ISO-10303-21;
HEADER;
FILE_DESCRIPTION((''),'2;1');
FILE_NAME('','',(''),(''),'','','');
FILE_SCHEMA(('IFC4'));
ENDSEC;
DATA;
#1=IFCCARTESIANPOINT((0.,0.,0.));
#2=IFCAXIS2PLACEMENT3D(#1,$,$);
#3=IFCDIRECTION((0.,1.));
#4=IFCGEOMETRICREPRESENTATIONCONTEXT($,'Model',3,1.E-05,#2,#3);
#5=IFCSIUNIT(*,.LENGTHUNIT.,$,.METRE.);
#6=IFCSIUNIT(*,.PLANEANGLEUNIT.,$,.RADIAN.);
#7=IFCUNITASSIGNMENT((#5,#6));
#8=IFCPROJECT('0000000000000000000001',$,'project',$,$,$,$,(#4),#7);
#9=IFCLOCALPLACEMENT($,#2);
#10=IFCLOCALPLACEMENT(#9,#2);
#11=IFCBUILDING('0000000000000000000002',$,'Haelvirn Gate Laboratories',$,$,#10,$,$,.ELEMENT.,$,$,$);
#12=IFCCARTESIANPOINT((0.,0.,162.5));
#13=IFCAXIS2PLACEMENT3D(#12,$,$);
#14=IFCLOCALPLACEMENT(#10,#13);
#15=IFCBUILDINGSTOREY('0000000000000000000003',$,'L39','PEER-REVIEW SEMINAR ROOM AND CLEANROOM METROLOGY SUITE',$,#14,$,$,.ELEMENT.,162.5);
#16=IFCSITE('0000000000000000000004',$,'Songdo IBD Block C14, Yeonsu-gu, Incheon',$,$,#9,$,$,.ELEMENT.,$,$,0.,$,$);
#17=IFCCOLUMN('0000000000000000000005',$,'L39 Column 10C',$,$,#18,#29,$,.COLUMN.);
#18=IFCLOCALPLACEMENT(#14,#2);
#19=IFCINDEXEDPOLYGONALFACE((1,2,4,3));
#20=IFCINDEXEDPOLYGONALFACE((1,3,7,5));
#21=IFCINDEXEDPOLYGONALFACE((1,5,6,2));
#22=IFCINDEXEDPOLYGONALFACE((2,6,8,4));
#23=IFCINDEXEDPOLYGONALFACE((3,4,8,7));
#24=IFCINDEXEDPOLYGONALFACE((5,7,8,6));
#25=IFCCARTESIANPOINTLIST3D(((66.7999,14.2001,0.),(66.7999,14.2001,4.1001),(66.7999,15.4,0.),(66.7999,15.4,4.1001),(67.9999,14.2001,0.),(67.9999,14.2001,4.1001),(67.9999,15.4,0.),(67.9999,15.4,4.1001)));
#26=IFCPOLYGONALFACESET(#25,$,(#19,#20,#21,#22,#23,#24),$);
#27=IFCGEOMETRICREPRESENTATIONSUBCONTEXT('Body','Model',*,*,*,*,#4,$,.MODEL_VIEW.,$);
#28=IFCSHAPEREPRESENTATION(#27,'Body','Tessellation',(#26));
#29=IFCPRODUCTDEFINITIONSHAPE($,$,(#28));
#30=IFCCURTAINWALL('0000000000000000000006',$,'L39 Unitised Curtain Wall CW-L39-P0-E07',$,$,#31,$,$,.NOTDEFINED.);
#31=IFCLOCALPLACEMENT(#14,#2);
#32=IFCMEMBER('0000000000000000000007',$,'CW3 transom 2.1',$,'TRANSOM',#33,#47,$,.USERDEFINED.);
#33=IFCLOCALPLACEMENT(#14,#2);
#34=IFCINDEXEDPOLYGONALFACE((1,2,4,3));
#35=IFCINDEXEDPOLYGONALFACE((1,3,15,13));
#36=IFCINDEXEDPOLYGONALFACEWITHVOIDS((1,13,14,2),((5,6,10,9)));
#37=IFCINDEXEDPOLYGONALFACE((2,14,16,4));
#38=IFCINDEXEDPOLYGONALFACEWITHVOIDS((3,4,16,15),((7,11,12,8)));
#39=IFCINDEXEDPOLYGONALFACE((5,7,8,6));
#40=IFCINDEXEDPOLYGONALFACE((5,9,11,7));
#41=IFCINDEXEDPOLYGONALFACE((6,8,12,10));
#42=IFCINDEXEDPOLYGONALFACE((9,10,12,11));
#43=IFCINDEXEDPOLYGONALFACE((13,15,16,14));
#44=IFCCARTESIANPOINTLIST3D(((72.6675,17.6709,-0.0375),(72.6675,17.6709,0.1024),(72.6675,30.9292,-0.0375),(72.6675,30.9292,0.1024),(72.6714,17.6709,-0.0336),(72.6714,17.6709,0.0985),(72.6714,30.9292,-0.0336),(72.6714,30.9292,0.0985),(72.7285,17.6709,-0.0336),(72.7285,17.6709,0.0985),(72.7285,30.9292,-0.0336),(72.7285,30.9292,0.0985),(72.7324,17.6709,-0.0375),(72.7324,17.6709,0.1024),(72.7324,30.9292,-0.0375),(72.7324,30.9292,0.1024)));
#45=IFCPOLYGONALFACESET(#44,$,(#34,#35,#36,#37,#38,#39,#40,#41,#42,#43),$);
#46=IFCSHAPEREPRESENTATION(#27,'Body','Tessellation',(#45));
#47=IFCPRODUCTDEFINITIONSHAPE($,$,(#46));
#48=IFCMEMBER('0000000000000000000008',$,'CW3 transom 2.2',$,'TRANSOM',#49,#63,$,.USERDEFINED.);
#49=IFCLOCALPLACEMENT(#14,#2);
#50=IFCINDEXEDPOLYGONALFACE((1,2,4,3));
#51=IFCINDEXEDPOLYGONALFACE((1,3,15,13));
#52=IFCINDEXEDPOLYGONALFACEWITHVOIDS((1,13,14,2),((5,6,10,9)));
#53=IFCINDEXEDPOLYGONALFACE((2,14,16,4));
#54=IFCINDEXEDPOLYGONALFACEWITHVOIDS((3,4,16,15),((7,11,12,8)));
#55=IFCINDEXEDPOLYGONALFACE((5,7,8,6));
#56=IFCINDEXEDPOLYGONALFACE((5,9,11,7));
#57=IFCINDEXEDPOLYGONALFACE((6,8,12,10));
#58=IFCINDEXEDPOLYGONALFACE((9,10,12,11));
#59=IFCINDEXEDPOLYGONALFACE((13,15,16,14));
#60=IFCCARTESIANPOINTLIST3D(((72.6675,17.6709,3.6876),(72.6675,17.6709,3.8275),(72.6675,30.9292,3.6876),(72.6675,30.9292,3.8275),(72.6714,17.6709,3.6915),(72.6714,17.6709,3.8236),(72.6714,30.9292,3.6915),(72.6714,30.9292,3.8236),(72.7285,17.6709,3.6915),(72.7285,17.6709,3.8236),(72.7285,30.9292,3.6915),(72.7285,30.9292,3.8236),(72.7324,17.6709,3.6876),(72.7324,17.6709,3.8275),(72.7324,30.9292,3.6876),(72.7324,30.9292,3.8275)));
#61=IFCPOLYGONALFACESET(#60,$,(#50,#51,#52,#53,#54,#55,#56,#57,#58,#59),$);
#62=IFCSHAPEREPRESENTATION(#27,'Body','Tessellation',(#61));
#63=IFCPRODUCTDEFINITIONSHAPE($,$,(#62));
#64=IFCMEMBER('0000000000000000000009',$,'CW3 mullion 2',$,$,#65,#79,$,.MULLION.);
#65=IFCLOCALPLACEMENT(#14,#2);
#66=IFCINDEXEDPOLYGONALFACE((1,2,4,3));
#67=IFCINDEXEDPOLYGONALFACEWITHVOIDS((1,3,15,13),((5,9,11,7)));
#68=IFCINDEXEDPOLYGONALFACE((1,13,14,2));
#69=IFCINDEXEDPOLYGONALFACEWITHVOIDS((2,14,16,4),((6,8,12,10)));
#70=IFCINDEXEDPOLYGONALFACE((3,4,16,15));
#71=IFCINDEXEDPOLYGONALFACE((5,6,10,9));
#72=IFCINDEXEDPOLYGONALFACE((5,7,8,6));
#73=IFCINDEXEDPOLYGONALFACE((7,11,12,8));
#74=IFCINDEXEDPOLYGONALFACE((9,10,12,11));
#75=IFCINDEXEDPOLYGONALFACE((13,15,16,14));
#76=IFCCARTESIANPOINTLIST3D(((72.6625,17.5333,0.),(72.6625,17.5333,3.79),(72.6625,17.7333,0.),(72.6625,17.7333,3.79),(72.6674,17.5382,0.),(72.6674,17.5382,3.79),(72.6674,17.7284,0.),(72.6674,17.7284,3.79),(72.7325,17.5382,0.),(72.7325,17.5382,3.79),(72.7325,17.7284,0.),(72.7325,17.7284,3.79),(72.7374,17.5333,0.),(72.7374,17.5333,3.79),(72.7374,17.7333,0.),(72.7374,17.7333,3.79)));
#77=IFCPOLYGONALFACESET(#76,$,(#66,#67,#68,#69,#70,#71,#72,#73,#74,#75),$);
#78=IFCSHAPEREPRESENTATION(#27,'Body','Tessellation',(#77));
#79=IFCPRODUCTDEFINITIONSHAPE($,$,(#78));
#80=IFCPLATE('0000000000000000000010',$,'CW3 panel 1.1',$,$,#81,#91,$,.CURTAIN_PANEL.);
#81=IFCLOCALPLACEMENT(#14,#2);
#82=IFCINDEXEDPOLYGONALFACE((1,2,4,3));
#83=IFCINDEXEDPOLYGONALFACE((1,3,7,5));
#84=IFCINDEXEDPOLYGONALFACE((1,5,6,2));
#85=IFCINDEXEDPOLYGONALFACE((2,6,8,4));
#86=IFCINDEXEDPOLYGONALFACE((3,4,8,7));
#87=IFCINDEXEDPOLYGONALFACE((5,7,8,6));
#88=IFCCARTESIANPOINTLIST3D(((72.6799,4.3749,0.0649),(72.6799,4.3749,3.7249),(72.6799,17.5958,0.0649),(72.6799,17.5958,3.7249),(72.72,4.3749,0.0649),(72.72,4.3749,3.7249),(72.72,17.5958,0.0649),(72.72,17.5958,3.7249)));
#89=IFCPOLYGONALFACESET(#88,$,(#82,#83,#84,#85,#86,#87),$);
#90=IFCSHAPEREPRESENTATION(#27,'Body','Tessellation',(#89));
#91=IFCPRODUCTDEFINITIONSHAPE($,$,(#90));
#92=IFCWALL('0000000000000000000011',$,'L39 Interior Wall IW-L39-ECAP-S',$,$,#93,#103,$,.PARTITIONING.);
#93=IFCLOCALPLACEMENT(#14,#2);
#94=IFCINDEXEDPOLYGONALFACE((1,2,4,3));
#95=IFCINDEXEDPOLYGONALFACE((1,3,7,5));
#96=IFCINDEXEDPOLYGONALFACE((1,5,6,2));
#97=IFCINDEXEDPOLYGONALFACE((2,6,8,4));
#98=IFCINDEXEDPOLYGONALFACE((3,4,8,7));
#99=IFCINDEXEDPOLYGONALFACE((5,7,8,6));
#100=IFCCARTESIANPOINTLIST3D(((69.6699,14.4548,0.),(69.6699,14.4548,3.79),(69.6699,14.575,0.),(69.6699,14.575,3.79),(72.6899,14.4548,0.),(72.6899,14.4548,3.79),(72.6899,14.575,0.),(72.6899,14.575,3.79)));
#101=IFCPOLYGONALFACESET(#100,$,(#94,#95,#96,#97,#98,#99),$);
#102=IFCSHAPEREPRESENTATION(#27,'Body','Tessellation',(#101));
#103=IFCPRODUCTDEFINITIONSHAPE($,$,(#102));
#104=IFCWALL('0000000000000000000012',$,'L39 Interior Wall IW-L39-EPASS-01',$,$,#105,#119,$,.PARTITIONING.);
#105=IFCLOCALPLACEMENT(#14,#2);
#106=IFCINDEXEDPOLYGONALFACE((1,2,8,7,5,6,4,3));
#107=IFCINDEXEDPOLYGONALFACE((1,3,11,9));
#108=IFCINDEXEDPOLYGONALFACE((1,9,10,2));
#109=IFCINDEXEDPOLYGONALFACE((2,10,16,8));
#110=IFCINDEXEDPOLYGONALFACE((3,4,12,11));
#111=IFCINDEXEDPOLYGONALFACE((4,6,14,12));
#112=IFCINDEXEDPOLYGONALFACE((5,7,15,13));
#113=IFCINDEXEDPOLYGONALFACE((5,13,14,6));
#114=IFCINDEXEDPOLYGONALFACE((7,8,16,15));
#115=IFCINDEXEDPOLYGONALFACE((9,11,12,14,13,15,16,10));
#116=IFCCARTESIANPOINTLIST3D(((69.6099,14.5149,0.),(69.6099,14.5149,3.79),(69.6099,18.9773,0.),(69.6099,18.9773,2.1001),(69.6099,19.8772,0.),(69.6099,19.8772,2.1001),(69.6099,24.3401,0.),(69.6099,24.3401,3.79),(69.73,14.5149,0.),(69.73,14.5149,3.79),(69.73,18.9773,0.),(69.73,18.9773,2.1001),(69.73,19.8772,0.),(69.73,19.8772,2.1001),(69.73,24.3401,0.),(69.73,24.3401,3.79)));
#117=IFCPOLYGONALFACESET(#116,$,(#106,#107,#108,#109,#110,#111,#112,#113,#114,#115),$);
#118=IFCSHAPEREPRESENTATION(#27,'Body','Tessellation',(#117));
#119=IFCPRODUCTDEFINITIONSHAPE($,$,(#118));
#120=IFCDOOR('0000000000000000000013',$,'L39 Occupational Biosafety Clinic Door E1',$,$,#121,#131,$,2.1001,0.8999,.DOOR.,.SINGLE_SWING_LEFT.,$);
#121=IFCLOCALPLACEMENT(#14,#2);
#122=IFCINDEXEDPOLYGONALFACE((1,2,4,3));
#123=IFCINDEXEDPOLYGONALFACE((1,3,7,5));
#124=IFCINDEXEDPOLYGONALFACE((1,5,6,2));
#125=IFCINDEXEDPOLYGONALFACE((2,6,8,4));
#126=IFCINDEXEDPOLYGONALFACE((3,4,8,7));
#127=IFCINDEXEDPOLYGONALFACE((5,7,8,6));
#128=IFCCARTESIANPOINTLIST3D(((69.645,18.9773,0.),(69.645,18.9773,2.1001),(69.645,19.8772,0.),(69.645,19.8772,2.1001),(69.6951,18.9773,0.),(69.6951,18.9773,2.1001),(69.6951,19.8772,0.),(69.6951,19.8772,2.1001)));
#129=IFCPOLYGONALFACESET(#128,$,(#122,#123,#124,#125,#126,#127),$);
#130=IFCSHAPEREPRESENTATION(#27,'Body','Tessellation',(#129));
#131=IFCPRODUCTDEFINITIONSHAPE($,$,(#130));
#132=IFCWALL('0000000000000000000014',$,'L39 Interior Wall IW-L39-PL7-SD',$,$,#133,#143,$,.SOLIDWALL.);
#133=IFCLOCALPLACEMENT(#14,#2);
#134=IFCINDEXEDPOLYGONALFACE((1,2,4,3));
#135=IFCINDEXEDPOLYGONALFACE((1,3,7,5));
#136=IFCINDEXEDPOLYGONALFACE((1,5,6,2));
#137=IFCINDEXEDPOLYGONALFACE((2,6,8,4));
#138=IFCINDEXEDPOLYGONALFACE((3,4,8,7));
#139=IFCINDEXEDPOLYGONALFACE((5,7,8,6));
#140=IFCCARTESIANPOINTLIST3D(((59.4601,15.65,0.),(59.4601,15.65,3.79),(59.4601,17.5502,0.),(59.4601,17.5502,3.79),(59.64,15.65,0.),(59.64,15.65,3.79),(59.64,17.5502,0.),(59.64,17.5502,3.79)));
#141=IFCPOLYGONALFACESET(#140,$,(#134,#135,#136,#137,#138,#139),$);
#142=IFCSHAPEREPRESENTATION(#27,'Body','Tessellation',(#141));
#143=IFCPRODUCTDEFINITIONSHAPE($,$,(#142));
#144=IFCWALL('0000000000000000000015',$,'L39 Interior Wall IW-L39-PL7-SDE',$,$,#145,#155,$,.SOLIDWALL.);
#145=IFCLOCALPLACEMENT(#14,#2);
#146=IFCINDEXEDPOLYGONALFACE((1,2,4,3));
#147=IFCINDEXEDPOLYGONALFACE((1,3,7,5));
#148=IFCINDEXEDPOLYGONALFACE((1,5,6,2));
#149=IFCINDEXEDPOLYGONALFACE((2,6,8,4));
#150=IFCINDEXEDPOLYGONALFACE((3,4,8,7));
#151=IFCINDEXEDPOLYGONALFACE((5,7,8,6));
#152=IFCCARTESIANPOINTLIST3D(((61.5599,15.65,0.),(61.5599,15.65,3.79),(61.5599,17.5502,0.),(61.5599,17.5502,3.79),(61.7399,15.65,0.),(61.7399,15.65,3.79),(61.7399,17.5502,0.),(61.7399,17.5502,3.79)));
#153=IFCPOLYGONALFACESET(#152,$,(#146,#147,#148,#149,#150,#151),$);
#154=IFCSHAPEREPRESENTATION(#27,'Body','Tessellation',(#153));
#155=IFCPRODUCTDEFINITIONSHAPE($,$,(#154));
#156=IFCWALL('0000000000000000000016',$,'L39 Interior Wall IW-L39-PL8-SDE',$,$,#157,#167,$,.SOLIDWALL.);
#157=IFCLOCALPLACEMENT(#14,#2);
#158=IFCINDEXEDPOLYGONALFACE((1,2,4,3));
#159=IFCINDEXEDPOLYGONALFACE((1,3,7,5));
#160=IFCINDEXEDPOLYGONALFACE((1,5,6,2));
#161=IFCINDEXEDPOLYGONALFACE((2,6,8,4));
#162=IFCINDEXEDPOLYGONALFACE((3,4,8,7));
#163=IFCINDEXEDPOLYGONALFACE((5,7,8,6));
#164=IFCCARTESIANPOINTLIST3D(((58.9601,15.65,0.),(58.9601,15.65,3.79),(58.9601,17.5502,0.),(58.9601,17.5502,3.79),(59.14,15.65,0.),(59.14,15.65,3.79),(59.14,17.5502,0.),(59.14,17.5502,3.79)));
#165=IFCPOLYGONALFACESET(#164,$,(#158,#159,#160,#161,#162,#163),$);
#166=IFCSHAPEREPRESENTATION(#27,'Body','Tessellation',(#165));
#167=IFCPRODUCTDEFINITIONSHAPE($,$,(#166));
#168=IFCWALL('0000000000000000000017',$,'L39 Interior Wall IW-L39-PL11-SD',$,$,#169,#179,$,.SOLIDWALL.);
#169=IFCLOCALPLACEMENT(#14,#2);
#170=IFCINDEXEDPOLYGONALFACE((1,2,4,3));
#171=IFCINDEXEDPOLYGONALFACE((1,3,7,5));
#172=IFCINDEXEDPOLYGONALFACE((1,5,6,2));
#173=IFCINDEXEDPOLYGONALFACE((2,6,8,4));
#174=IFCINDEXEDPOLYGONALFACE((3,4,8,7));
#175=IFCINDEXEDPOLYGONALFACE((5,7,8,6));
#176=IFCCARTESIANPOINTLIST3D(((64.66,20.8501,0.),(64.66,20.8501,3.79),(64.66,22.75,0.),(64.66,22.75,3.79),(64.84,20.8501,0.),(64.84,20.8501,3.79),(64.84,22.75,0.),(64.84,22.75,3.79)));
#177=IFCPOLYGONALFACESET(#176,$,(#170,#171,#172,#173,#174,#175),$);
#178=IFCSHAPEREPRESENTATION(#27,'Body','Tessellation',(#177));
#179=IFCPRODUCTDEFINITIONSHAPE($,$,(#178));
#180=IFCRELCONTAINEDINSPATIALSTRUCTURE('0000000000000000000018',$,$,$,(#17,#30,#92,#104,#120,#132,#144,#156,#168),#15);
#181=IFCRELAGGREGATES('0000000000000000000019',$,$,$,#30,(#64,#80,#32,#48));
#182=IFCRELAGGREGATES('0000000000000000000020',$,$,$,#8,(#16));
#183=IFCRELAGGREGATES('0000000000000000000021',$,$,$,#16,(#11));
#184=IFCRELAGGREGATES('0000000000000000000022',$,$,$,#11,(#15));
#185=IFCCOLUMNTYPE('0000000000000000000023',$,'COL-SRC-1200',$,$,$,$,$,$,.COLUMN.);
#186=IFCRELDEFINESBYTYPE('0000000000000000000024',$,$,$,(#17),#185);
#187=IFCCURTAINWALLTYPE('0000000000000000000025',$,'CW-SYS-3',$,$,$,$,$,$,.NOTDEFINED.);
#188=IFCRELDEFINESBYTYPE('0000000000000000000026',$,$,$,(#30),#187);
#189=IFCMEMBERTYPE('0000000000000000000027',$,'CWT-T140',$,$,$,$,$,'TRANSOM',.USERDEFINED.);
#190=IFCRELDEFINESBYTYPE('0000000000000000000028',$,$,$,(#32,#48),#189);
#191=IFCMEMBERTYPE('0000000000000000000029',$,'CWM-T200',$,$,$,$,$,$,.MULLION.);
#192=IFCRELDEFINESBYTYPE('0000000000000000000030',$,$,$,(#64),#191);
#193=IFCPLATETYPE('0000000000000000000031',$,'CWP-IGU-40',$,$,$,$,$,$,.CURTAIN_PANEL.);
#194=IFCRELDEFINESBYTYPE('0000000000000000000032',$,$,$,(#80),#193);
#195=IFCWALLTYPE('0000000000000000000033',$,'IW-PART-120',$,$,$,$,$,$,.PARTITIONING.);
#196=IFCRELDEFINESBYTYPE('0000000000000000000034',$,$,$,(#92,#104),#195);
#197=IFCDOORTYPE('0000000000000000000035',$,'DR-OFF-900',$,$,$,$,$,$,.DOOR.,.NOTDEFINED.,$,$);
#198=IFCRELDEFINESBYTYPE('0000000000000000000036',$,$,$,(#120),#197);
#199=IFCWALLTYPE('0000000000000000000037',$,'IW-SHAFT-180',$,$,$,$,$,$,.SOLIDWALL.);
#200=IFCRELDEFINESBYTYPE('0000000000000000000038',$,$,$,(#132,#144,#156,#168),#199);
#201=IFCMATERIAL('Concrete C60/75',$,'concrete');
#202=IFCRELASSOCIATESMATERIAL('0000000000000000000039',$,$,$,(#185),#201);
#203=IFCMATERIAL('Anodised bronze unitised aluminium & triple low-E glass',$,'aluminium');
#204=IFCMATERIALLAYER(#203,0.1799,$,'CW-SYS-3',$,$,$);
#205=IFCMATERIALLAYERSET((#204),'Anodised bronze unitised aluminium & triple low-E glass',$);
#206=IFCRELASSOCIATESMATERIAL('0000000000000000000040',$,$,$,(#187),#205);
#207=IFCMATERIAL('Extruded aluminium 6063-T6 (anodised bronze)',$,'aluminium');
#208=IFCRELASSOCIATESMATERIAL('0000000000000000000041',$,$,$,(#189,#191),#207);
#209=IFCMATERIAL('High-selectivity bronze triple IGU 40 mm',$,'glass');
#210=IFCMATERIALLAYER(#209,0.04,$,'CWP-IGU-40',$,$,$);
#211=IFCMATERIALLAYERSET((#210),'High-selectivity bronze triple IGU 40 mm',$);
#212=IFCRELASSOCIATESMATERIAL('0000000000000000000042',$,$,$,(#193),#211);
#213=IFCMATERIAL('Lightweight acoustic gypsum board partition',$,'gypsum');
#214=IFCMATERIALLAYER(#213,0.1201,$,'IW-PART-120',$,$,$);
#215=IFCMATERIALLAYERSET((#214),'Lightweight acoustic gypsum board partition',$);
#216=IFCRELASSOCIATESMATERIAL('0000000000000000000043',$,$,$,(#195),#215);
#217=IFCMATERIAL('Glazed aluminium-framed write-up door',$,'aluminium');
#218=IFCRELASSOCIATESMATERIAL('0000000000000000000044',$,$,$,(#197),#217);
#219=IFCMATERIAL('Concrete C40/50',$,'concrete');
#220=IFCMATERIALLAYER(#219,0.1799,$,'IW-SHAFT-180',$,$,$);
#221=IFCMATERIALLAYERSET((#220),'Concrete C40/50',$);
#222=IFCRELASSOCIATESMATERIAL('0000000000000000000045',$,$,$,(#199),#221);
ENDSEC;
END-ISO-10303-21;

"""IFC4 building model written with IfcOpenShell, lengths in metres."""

from ifc_helpers import new_model, si_unit, direction, frame, frame_2d, origin, origin_2d, place, context, subcontext, project, spatial, rectangle, hollow_rectangle, extrude, source, transform, mapped, material, layer, layer_set, material_profile, profile_set, type_object, type_shapes, element, fill, aggregate, save


model = new_model("IFC4")

# Units and contexts
model_context = context("Model", 3, precision=1e-05, world=origin(), true_north=direction((0.0, 1.0)))
body_context = subcontext(model_context, "Body", "Model", "MODEL_VIEW")
ifc_project = project(units=[si_unit("LENGTHUNIT", "METRE"), si_unit("PLANEANGLEUNIT", "RADIAN")], contexts=[model_context])

# Site, building, storey
site_placement = place(None, origin())
site = spatial("IfcSite", under=ifc_project, at=site_placement, Name="Songdo IBD Block C14, Yeonsu-gu, Incheon", CompositionType="ELEMENT", RefElevation=0.0)
building_placement = place(site_placement, origin())
building = spatial("IfcBuilding", under=site, at=building_placement, Name="Haelvirn Gate Laboratories", CompositionType="ELEMENT")
storey_placement = place(building_placement, frame((0.0, 0.0, 162.5)))
storey = spatial("IfcBuildingStorey", under=building, at=storey_placement, Name="L39", Description="PEER-REVIEW SEMINAR ROOM AND CLEANROOM METROLOGY SUITE", CompositionType="ELEMENT", Elevation=162.5)

# Column
ifc_material_1 = material(Name="Concrete C60/75", Category="concrete")
ifc_material_profile_1 = material_profile(ifc_material_1, rectangle(XDim=1.2, YDim=1.2, at=origin_2d()), Name="SRC-1200x1200")
ifc_profile_set_1 = profile_set([ifc_material_profile_1], Name="Concrete C60/75")
column_type = type_object("IfcColumnType", Name="COL-SRC-1200", PredefinedType="COLUMN", material=ifc_profile_set_1)
shared_shape_1 = source(origin(), body_context, "Body", "SweptSolid", [
    extrude(rectangle(XDim=1.2, YDim=1.2, at=origin_2d()), origin(), (0.0, 0.0, 1.0), 4.1001),
])
type_shapes(column_type, [shared_shape_1])
column_placement = place(storey_placement, frame((67.3999, 14.8, 0.0), z_axis=(0.0, 0.0, 1.0), x_axis=(1.0, 0.0, 0.0)))
element("IfcColumn", 1, at=column_placement, inside=storey, type_object=column_type, Name="L39 Column 10C", PredefinedType="COLUMN", context=body_context, shape_type="MappedRepresentation", body=[
    mapped(shared_shape_1, transform((0.0, 0.0, 0.0), scale=1.0)),
])

# Curtain wall, members, plate
ifc_material_2 = material(Name="Anodised bronze unitised aluminium & triple low-E glass", Category="aluminium")
ifc_layer_1 = layer(ifc_material_2, 0.1799, Name="CW-SYS-3")
ifc_layer_set_1 = layer_set([ifc_layer_1], Name="Anodised bronze unitised aluminium & triple low-E glass")
curtain_wall_type = type_object("IfcCurtainWallType", Name="CW-SYS-3", PredefinedType="NOTDEFINED", material=ifc_layer_set_1)
curtain_wall_placement = place(storey_placement, origin())
curtain_wall = element("IfcCurtainWall", 2, at=curtain_wall_placement, inside=storey, type_object=curtain_wall_type, Name="L39 Unitised Curtain Wall CW-L39-P0-E07", PredefinedType="NOTDEFINED")
ifc_material_3 = material(Name="Extruded aluminium 6063-T6 (anodised bronze)", Category="aluminium")
ifc_material_profile_2 = material_profile(ifc_material_3, hollow_rectangle(XDim=0.0649, YDim=0.1399, WallThickness=0.0039, at=origin_2d()), Name="CWT-140x65x4")
ifc_profile_set_2 = profile_set([ifc_material_profile_2], Name="Extruded aluminium 6063-T6 (anodised bronze)")
member_type_1 = type_object("IfcMemberType", Name="CWT-T140", ElementType="TRANSOM", PredefinedType="USERDEFINED", material=ifc_profile_set_2)
shared_shape_2 = source(origin(), body_context, "Body", "SweptSolid", [
    extrude(hollow_rectangle(XDim=0.0649, YDim=0.1399, WallThickness=0.0039, at=origin_2d()), origin(), (0.0, 0.0, 1.0), 13.2583),
])
type_shapes(member_type_1, [shared_shape_2])
member_1_placement = place(storey_placement, frame((72.7, 17.6709, 0.0325), z_axis=(0.0, 1.0, 0.0), x_axis=(-1.0, 0.0, 0.0)))
member_1 = element("IfcMember", 3, at=member_1_placement, type_object=member_type_1, Name="CW3 transom 2.1", ObjectType="TRANSOM", PredefinedType="USERDEFINED", context=body_context, shape_type="MappedRepresentation", body=[
    mapped(shared_shape_2, transform((0.0, 0.0, 0.0), scale=1.0)),
])
member_2_placement = place(storey_placement, frame((72.7, 17.6709, 3.7576), z_axis=(0.0, 1.0, 0.0), x_axis=(-1.0, 0.0, 0.0)))
member_2 = element("IfcMember", 4, at=member_2_placement, type_object=member_type_1, Name="CW3 transom 2.2", ObjectType="TRANSOM", PredefinedType="USERDEFINED", context=body_context, shape_type="MappedRepresentation", body=[
    mapped(shared_shape_2, transform((0.0, 0.0, 0.0), scale=1.0)),
])
ifc_material_profile_3 = material_profile(ifc_material_3, hollow_rectangle(XDim=0.075, YDim=0.2, WallThickness=0.0049, at=origin_2d()), Name="CWM-200x75x5")
ifc_profile_set_3 = profile_set([ifc_material_profile_3], Name="Extruded aluminium 6063-T6 (anodised bronze)")
member_type_2 = type_object("IfcMemberType", Name="CWM-T200", PredefinedType="MULLION", material=ifc_profile_set_3)
shared_shape_3 = source(origin(), body_context, "Body", "SweptSolid", [
    extrude(hollow_rectangle(XDim=0.075, YDim=0.2, WallThickness=0.0049, at=origin_2d()), origin(), (0.0, 0.0, 1.0), 3.79),
])
type_shapes(member_type_2, [shared_shape_3])
member_3_placement = place(storey_placement, frame((72.7, 17.6333, 0.0), z_axis=(0.0, 0.0, 1.0), x_axis=(-1.0, 0.0, 0.0)))
member_3 = element("IfcMember", 5, at=member_3_placement, type_object=member_type_2, Name="CW3 mullion 2", PredefinedType="MULLION", context=body_context, shape_type="MappedRepresentation", body=[
    mapped(shared_shape_3, transform((0.0, 0.0, 0.0), scale=1.0)),
])
ifc_material_4 = material(Name="High-selectivity bronze triple IGU 40 mm", Category="glass")
ifc_layer_2 = layer(ifc_material_4, 0.04, Name="CWP-IGU-40")
ifc_layer_set_2 = layer_set([ifc_layer_2], Name="High-selectivity bronze triple IGU 40 mm")
plate_type = type_object("IfcPlateType", Name="CWP-IGU-40", PredefinedType="CURTAIN_PANEL", material=ifc_layer_set_2)
shared_shape_4 = source(origin(), body_context, "Body", "SweptSolid", [
    extrude(rectangle(XDim=13.2209, YDim=0.04, at=origin_2d()), origin(), (0.0, 0.0, 1.0), 3.6599),
])
type_shapes(plate_type, [shared_shape_4])
plate_placement = place(storey_placement, frame((72.7, 10.9854, 0.0649), z_axis=(0.0, 0.0, 1.0), x_axis=(0.0, 1.0, 0.0)))
plate = element("IfcPlate", 6, at=plate_placement, type_object=plate_type, Name="CW3 panel 1.1", PredefinedType="CURTAIN_PANEL", context=body_context, shape_type="MappedRepresentation", body=[
    mapped(shared_shape_4, transform((0.0, 0.0, 0.0), scale=1.0)),
])
aggregate(curtain_wall, [member_3, plate, member_1, member_2])

# Wall
ifc_material_5 = material(Name="Lightweight acoustic gypsum board partition", Category="gypsum")
ifc_layer_3 = layer(ifc_material_5, 0.1201, Name="IW-PART-120")
ifc_layer_set_3 = layer_set([ifc_layer_3], Name="Lightweight acoustic gypsum board partition")
wall_type_1 = type_object("IfcWallType", Name="IW-PART-120", PredefinedType="PARTITIONING", material=ifc_layer_set_3)
wall_1_placement = place(storey_placement, frame((69.6699, 14.5149, 0.0), z_axis=(0.0, 0.0, 1.0), x_axis=(1.0, 0.0, 0.0)))
element("IfcWall", 7, at=wall_1_placement, inside=storey, type_object=wall_type_1, Name="L39 Interior Wall IW-L39-ECAP-S", PredefinedType="PARTITIONING", context=body_context, shape_type="SweptSolid", body=[
    extrude(rectangle(XDim=3.02, YDim=0.1201, at=frame_2d((1.51, 0.0))), origin(), (0.0, 0.0, 1.0), 3.79),
])

# Wall, opening, door
wall_2_placement = place(storey_placement, frame((69.6699, 14.5149, 0.0), z_axis=(0.0, 0.0, 1.0), x_axis=(0.0, 1.0, 0.0)))
wall_2 = element("IfcWall", 8, at=wall_2_placement, inside=storey, type_object=wall_type_1, Name="L39 Interior Wall IW-L39-EPASS-01", PredefinedType="PARTITIONING", context=body_context, shape_type="SweptSolid", body=[
    extrude(rectangle(XDim=9.8252, YDim=0.1201, at=frame_2d((4.9126, 0.0))), origin(), (0.0, 0.0, 1.0), 3.79),
])
opening_1_placement = place(wall_2_placement, frame((4.4624, 0.0, 0.0)))
opening_1 = element("IfcOpeningElement", 9, at=opening_1_placement, cuts=wall_2, PredefinedType="OPENING", context=body_context, shape_type="SweptSolid", body=[
    extrude(rectangle(XDim=0.8999, YDim=2.1001, at=frame_2d((0.45, 1.05))), frame((0.0, 0.0701, 0.0), z_axis=(0.0, -1.0, 0.0), x_axis=(1.0, 0.0, 0.0)), (0.0, 0.0, 1.0), 0.1401),
])
ifc_material_6 = material(Name="Glazed aluminium-framed write-up door", Category="aluminium")
door_type_1 = type_object("IfcDoorType", Name="DR-OFF-900", OperationType="NOTDEFINED", PredefinedType="DOOR", material=ifc_material_6)
shared_shape_5 = source(origin(), body_context, "Body", "SweptSolid", [
    extrude(rectangle(XDim=0.8999, YDim=2.1001, at=frame_2d((0.45, 1.05))), frame((0.0, 0.0249, 0.0), z_axis=(0.0, -1.0, 0.0), x_axis=(1.0, 0.0, 0.0)), (0.0, 0.0, 1.0), 0.05),
])
type_shapes(door_type_1, [shared_shape_5])
door_1_placement = place(opening_1_placement, origin())
door_1 = element("IfcDoor", 10, at=door_1_placement, inside=storey, type_object=door_type_1, Name="L39 Occupational Biosafety Clinic Door E1", OperationType="SINGLE_SWING_LEFT", OverallHeight=2.1001, OverallWidth=0.8999, PredefinedType="DOOR", context=body_context, shape_type="MappedRepresentation", body=[
    mapped(shared_shape_5, transform((0.0, 0.0, 0.0), scale=1.0)),
])
fill(opening_1, door_1)

# Walls
ifc_material_7 = material(Name="Concrete C40/50", Category="concrete")
ifc_layer_4 = layer(ifc_material_7, 0.1799, Name="IW-SHAFT-180")
ifc_layer_set_4 = layer_set([ifc_layer_4], Name="Concrete C40/50")
wall_type_2 = type_object("IfcWallType", Name="IW-SHAFT-180", PredefinedType="SOLIDWALL", material=ifc_layer_set_4)
for number, where, z_axis, x_axis, name in (
    (11, (59.55, 15.6499, 0.0), (0.0, 0.0, 1.0), (0.0, 1.0, 0.0), "L39 Interior Wall IW-L39-PL7-SD"),
    (12, (61.6499, 15.6499, 0.0), (0.0, 0.0, 1.0), (0.0, 1.0, 0.0), "L39 Interior Wall IW-L39-PL7-SDE"),
    (13, (59.05, 15.6499, 0.0), (0.0, 0.0, 1.0), (0.0, 1.0, 0.0), "L39 Interior Wall IW-L39-PL8-SDE"),
):
    element("IfcWall", number, at=place(storey_placement, frame(where, z_axis=z_axis, x_axis=x_axis)), inside=storey, type_object=wall_type_2, Name=name, PredefinedType="SOLIDWALL", context=body_context, shape_type="SweptSolid", body=[
        extrude(rectangle(XDim=1.9001, YDim=0.1799, at=frame_2d((0.9502, 0.0))), origin(), (0.0, 0.0, 1.0), 3.79),
    ])
for number, where, z_axis, x_axis, name in (
    (14, (64.75, 20.8501, 0.0), (0.0, 0.0, 1.0), (0.0, 1.0, 0.0), "L39 Interior Wall IW-L39-PL11-SD"),
):
    element("IfcWall", number, at=place(storey_placement, frame(where, z_axis=z_axis, x_axis=x_axis)), inside=storey, type_object=wall_type_2, Name=name, PredefinedType="SOLIDWALL", context=body_context, shape_type="SweptSolid", body=[
        extrude(rectangle(XDim=1.8999, YDim=0.1799, at=frame_2d((0.95, 0.0))), origin(), (0.0, 0.0, 1.0), 3.79),
    ])

save(model, "model.ifc")
